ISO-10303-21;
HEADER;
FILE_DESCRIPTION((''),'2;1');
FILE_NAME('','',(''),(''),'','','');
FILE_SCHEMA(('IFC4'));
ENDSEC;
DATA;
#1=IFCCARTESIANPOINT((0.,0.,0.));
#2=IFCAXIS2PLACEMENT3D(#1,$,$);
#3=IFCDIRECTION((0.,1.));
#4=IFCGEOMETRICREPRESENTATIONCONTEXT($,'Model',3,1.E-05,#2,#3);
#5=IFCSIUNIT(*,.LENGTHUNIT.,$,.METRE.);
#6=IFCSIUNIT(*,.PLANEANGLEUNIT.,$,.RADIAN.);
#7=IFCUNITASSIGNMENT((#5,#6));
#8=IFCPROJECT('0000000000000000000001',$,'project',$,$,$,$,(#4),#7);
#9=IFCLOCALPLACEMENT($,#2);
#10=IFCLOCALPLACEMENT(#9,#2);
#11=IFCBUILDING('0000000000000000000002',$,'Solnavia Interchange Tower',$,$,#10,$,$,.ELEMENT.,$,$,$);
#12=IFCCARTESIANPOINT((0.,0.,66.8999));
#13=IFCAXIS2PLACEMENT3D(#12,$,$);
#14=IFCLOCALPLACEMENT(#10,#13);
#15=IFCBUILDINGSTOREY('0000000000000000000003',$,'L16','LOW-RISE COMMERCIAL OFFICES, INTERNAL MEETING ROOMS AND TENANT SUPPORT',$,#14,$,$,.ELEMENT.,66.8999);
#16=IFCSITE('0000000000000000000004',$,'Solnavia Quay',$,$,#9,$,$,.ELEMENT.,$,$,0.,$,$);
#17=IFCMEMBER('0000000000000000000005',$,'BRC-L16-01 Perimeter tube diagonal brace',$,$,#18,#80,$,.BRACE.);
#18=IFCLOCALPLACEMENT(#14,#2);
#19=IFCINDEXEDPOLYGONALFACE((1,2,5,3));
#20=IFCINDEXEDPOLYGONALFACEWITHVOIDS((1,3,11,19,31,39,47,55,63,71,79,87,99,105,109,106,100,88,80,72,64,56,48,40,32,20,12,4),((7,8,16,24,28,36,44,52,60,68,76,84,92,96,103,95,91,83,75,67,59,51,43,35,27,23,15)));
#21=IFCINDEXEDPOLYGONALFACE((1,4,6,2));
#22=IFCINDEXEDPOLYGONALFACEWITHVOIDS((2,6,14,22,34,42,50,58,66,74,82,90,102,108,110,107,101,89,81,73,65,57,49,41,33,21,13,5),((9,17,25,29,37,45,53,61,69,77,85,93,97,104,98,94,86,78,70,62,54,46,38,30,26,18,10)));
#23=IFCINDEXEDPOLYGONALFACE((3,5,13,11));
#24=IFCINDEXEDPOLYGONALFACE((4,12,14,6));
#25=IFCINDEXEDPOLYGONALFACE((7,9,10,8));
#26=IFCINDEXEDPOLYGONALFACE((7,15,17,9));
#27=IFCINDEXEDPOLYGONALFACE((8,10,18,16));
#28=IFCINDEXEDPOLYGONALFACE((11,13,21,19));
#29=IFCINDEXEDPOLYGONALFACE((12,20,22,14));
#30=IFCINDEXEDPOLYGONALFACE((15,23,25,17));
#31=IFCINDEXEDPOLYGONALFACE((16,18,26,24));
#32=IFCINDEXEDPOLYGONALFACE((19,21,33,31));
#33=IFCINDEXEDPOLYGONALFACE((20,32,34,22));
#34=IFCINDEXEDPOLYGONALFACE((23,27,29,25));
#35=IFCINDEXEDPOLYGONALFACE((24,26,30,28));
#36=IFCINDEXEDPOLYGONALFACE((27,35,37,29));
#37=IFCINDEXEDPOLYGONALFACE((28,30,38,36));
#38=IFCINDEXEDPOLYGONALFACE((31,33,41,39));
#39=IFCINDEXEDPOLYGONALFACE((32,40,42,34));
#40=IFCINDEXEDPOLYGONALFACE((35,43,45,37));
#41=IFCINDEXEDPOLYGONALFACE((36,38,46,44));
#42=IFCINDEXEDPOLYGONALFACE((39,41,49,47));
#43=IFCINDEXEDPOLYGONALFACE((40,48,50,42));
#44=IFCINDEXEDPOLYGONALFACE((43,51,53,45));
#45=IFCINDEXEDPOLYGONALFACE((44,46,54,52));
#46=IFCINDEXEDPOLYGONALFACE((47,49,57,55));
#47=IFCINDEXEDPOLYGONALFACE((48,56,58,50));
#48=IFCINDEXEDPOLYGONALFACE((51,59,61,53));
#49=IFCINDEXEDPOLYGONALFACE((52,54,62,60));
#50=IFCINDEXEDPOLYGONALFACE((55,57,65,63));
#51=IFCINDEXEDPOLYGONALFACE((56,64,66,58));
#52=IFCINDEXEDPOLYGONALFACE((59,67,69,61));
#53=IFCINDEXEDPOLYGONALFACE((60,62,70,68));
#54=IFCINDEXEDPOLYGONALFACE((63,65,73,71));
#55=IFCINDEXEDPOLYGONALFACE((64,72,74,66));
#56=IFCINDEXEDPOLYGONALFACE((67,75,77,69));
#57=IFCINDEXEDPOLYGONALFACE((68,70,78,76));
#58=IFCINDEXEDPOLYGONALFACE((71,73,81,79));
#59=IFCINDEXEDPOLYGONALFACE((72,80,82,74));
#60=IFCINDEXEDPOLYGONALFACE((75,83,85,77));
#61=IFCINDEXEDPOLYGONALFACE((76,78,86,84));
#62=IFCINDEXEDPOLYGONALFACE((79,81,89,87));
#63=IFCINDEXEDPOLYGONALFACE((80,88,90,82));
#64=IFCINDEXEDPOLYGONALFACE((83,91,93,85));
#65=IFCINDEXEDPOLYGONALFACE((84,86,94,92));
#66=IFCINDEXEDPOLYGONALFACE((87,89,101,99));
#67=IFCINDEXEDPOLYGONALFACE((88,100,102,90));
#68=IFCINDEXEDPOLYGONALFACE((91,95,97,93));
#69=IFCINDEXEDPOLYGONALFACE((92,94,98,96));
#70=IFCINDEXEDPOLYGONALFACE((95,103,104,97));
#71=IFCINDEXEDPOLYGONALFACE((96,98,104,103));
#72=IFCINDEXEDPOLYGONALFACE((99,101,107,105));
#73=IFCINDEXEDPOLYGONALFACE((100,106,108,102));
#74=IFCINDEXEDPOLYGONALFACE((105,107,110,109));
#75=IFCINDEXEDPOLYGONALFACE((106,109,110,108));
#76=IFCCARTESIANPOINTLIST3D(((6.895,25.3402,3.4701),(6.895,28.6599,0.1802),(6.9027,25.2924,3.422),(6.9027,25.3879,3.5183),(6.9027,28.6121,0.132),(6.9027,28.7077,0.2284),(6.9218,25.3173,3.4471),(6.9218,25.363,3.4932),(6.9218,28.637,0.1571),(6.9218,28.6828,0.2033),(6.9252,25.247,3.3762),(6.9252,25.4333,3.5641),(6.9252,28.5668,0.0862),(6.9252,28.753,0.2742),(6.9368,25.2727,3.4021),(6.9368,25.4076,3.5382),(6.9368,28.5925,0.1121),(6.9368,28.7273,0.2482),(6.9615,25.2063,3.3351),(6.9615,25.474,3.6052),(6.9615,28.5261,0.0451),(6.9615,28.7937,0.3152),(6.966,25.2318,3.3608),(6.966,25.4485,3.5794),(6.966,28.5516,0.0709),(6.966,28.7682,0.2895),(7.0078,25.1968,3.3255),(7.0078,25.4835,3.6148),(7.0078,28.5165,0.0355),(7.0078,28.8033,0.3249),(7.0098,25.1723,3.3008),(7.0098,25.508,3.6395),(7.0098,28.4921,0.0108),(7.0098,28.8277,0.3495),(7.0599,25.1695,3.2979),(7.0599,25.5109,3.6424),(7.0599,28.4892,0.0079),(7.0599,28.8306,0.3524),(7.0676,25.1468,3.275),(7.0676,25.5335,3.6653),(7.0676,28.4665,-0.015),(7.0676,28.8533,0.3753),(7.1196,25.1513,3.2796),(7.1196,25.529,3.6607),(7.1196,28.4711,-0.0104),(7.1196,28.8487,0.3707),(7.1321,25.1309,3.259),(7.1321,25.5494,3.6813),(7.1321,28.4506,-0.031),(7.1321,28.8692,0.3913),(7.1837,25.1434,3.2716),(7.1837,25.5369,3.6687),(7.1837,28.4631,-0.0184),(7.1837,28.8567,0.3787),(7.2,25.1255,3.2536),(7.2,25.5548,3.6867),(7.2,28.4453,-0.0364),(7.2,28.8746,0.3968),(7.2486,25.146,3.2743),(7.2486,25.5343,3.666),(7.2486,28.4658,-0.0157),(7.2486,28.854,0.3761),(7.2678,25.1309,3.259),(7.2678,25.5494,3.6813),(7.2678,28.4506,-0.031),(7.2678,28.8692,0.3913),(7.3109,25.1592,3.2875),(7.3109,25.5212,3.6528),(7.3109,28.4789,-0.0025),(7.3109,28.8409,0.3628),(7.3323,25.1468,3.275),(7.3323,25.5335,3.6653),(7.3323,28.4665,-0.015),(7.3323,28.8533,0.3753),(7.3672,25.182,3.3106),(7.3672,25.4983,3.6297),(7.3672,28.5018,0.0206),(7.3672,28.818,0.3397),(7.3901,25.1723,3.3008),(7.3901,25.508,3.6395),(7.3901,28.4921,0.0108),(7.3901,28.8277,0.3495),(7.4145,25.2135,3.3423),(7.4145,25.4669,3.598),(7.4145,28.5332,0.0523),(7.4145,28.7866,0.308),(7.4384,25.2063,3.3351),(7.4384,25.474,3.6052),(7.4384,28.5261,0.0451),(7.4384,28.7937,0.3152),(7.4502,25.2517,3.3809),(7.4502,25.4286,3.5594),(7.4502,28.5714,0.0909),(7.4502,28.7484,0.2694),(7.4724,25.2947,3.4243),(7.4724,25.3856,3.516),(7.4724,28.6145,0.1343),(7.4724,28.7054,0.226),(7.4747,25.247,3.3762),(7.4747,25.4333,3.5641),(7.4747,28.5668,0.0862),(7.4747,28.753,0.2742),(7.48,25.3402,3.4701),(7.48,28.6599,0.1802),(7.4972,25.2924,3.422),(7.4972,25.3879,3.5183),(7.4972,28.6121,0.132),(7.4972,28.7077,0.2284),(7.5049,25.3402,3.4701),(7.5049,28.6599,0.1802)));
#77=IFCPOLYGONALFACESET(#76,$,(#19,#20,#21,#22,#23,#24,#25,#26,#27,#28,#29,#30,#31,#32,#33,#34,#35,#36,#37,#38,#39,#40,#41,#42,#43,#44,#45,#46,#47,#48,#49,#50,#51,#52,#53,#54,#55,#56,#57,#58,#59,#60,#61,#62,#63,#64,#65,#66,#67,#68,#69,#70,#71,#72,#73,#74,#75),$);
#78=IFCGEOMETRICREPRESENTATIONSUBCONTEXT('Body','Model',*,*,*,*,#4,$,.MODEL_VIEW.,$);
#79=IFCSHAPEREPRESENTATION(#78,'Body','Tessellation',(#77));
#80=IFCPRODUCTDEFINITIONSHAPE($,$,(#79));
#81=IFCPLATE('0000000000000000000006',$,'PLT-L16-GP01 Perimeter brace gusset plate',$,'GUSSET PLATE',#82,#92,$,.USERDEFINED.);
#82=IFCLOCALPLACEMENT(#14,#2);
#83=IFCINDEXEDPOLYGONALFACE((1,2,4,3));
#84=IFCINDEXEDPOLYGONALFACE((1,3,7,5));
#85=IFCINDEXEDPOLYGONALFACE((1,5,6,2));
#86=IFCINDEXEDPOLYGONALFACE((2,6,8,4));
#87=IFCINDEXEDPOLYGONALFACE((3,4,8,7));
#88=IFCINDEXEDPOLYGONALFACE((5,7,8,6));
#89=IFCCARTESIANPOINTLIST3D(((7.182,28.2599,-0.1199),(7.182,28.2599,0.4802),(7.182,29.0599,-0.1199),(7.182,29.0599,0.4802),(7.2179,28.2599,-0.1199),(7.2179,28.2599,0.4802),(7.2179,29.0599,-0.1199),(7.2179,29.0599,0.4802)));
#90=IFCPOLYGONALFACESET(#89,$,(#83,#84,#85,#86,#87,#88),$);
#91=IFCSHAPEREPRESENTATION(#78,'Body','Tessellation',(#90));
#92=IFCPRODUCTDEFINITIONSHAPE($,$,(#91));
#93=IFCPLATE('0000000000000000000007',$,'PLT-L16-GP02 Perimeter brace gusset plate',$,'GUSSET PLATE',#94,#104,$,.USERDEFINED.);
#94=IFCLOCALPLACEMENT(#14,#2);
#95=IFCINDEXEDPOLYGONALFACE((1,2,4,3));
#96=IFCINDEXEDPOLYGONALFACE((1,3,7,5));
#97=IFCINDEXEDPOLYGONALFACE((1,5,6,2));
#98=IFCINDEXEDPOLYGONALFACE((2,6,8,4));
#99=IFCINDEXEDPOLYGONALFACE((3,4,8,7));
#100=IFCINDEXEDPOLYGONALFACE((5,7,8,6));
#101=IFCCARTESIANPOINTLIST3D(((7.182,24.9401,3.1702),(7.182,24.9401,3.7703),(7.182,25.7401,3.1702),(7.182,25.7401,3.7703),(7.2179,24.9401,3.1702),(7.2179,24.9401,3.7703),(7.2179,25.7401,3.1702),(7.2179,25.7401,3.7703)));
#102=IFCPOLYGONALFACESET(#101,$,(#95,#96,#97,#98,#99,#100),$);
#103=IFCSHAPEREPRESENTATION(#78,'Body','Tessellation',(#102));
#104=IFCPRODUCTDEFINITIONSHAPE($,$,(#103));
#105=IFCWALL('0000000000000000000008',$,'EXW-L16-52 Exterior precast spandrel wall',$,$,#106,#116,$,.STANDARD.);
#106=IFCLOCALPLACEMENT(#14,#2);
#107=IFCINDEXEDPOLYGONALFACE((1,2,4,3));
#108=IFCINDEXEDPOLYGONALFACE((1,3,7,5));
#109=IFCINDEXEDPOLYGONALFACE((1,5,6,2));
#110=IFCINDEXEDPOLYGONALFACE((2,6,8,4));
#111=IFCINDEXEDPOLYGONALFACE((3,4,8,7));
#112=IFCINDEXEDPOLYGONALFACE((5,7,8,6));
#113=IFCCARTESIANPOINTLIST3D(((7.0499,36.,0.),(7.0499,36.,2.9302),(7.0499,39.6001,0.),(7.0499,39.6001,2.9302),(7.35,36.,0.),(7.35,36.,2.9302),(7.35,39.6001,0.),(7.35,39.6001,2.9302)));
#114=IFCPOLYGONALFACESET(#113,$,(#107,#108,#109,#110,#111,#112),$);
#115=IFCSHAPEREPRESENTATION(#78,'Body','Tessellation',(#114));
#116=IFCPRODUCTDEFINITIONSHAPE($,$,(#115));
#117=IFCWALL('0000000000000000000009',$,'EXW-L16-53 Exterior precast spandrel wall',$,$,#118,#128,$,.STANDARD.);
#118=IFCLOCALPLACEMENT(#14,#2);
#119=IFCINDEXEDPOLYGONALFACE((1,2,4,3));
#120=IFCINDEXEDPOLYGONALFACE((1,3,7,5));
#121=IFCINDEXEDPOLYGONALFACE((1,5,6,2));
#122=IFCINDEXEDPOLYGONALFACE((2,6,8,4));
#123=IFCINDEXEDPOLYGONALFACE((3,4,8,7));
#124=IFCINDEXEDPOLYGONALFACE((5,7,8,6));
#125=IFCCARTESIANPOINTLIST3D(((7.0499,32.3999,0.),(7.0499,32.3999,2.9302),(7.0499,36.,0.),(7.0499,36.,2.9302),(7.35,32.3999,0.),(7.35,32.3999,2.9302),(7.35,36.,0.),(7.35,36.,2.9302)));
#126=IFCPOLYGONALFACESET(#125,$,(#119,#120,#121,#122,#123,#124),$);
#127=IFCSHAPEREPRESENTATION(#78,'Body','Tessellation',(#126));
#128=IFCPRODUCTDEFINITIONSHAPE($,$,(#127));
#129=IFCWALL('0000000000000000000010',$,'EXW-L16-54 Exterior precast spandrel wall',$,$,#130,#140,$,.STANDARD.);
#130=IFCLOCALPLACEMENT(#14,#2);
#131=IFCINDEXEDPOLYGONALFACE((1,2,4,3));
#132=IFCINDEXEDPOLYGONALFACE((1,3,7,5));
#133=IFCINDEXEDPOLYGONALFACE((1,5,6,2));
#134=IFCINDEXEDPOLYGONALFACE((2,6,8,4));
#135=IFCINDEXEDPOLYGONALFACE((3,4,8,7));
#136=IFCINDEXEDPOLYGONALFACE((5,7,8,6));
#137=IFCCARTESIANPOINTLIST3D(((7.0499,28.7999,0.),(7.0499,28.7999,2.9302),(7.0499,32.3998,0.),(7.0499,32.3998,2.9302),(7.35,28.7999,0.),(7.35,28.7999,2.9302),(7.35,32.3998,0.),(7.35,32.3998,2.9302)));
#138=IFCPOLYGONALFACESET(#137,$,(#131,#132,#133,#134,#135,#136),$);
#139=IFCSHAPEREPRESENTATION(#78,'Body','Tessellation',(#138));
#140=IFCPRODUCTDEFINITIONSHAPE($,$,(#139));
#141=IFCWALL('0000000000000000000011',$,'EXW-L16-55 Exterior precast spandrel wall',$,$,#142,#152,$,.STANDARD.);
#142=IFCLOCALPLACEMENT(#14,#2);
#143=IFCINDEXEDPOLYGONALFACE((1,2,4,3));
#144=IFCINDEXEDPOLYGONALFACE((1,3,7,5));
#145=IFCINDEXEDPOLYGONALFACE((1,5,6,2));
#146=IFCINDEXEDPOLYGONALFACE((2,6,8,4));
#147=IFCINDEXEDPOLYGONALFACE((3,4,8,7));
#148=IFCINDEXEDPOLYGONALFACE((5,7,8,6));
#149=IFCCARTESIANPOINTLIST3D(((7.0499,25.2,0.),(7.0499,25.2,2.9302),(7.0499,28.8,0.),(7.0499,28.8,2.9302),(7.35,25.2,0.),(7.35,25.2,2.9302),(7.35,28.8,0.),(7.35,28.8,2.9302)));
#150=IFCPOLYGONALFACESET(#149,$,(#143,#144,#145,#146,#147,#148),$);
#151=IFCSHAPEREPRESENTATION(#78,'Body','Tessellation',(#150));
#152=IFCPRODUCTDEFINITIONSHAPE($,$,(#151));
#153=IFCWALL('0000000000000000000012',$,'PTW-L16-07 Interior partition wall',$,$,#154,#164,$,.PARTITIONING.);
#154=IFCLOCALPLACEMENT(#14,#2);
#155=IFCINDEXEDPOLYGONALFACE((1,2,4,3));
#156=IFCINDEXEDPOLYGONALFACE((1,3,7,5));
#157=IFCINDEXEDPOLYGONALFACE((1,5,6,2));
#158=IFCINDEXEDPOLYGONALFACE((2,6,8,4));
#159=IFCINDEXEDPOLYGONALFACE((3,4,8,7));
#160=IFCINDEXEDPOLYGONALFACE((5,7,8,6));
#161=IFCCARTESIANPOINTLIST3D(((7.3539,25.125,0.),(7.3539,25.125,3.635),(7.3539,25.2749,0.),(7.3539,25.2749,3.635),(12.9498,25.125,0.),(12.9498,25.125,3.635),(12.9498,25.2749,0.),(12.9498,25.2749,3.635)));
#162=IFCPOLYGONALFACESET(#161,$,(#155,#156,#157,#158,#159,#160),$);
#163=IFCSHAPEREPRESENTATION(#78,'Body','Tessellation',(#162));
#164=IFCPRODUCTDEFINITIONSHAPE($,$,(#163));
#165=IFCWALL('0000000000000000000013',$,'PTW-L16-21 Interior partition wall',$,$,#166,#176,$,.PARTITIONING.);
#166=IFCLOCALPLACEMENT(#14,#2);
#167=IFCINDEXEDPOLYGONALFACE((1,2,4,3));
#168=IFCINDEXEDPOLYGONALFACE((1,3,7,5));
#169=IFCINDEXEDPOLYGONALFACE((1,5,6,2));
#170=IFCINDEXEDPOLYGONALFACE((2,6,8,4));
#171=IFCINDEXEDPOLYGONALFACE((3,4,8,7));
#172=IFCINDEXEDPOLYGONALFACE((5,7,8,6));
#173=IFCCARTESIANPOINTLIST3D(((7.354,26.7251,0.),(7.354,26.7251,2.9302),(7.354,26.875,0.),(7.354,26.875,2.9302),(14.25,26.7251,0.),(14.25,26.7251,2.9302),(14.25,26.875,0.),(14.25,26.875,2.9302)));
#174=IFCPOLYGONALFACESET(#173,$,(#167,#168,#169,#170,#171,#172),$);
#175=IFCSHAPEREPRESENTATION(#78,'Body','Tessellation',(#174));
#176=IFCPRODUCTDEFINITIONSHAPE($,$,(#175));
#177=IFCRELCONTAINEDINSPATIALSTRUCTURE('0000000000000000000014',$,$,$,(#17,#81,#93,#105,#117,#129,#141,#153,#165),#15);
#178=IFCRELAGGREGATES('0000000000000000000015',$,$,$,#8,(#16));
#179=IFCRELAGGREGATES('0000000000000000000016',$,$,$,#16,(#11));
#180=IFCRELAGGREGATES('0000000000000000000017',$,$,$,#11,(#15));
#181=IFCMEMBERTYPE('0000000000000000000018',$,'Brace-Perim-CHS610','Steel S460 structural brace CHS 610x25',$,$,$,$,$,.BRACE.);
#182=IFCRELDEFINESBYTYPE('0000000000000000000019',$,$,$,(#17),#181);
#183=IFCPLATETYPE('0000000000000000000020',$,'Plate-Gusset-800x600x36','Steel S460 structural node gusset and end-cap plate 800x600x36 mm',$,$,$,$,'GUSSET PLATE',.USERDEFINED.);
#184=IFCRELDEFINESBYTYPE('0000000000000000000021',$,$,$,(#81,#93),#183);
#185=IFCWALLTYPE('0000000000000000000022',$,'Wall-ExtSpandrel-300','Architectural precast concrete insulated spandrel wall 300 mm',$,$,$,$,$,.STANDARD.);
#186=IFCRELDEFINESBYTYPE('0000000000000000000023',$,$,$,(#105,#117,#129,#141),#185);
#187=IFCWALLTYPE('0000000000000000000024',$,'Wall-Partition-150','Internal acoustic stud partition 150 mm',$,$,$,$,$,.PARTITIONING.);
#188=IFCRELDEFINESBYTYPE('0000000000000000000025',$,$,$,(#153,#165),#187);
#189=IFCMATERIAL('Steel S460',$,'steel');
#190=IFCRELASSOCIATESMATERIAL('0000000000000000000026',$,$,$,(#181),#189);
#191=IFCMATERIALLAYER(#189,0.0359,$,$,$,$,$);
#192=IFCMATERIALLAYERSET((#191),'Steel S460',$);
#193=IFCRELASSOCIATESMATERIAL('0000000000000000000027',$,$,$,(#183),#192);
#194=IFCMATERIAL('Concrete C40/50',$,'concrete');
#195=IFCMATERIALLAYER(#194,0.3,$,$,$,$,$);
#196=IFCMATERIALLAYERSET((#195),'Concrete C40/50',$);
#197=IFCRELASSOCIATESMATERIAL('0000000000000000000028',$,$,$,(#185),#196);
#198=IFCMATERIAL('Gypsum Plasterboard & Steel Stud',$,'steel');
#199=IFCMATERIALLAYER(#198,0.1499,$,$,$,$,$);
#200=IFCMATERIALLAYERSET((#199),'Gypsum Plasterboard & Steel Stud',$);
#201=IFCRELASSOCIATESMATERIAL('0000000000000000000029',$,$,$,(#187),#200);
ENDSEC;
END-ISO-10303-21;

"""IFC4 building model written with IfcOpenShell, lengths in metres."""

from ifc_helpers import new_model, si_unit, direction, frame, frame_2d, origin, origin_2d, place, context, subcontext, project, spatial, rectangle, hollow_circle, extrude, material, layer, layer_set, material_profile, profile_set, type_object, element, save


model = new_model("IFC4")

# Units and contexts
model_context = context("Model", 3, precision=1e-05, world=origin(), true_north=direction((0.0, 1.0)))
body_context = subcontext(model_context, "Body", "Model", "MODEL_VIEW")
ifc_project = project(units=[si_unit("LENGTHUNIT", "METRE"), si_unit("PLANEANGLEUNIT", "RADIAN")], contexts=[model_context])

# Site, building, storey
site_placement = place(None, origin())
site = spatial("IfcSite", under=ifc_project, at=site_placement, Name="Solnavia Quay", CompositionType="ELEMENT", RefElevation=0.0)
building_placement = place(site_placement, origin())
building = spatial("IfcBuilding", under=site, at=building_placement, Name="Solnavia Interchange Tower", CompositionType="ELEMENT")
storey_placement = place(building_placement, frame((0.0, 0.0, 66.8999)))
storey = spatial("IfcBuildingStorey", under=building, at=storey_placement, Name="L16", Description="LOW-RISE COMMERCIAL OFFICES, INTERNAL MEETING ROOMS AND TENANT SUPPORT", CompositionType="ELEMENT", Elevation=66.8999)

# Shared definitions
ifc_material_1 = material(Name="Steel S460", Category="steel")

# Member
ifc_material_profile_1 = material_profile(ifc_material_1, hollow_circle(Radius=0.3049, WallThickness=0.0249, at=origin_2d()), Name="CHS 610x25")
ifc_profile_set_1 = profile_set([ifc_material_profile_1], Name="Steel S460")
member_type = type_object("IfcMemberType", Name="Brace-Perim-CHS610", Description="Steel S460 structural brace CHS 610x25", PredefinedType="BRACE", material=ifc_profile_set_1)
member_placement = place(storey_placement, frame((7.2, 28.6599, 0.1802), z_axis=(0.0, -0.710286, 0.703913), x_axis=(1.0, 0.0, 0.0)))
element("IfcMember", 1, at=member_placement, inside=storey, type_object=member_type, Name="BRC-L16-01 Perimeter tube diagonal brace", PredefinedType="BRACE", context=body_context, shape_type="SweptSolid", body=[
    extrude(hollow_circle(Radius=0.3049, WallThickness=0.0249, at=origin_2d()), origin(), (0.0, 0.0, 1.0), 4.6738),
])

# Plates
ifc_layer_1 = layer(ifc_material_1, 0.0359)
ifc_layer_set_1 = layer_set([ifc_layer_1], Name="Steel S460")
plate_type = type_object("IfcPlateType", Name="Plate-Gusset-800x600x36", Description="Steel S460 structural node gusset and end-cap plate 800x600x36 mm", ElementType="GUSSET PLATE", PredefinedType="USERDEFINED", material=ifc_layer_set_1)
for number, where, z_axis, x_axis, name in (
    (2, (7.2, 28.6599, -0.1199), (0.0, 0.0, 1.0), (0.0, -1.0, 0.0), "PLT-L16-GP01 Perimeter brace gusset plate"),
    (3, (7.2, 25.3401, 3.1702), (0.0, 0.0, 1.0), (0.0, -1.0, 0.0), "PLT-L16-GP02 Perimeter brace gusset plate"),
):
    element("IfcPlate", number, at=place(storey_placement, frame(where, z_axis=z_axis, x_axis=x_axis)), inside=storey, type_object=plate_type, Name=name, ObjectType="GUSSET PLATE", PredefinedType="USERDEFINED", context=body_context, shape_type="SweptSolid", body=[
        extrude(rectangle(XDim=0.8, YDim=0.0359, at=origin_2d()), origin(), (0.0, 0.0, 1.0), 0.6001),
    ])

# Walls
ifc_material_2 = material(Name="Concrete C40/50", Category="concrete")
ifc_layer_2 = layer(ifc_material_2, 0.3)
ifc_layer_set_2 = layer_set([ifc_layer_2], Name="Concrete C40/50")
wall_type_1 = type_object("IfcWallType", Name="Wall-ExtSpandrel-300", Description="Architectural precast concrete insulated spandrel wall 300 mm", PredefinedType="STANDARD", material=ifc_layer_set_2)
for number, where, z_axis, x_axis, name in (
    (4, (7.2, 36.0, 0.0), (0.0, 0.0, 1.0), (0.0, 1.0, 0.0), "EXW-L16-52 Exterior precast spandrel wall"),
    (5, (7.2, 32.3999, 0.0), (0.0, 0.0, 1.0), (0.0, 1.0, 0.0), "EXW-L16-53 Exterior precast spandrel wall"),
):
    element("IfcWall", number, at=place(storey_placement, frame(where, z_axis=z_axis, x_axis=x_axis)), inside=storey, type_object=wall_type_1, Name=name, PredefinedType="STANDARD", context=body_context, shape_type="SweptSolid", body=[
        extrude(rectangle(XDim=3.6001, YDim=0.3, at=frame_2d((1.8, 0.0))), origin(), (0.0, 0.0, 1.0), 2.9302),
    ])
wall_1_placement = place(storey_placement, frame((7.2, 28.8, 0.0), z_axis=(0.0, 0.0, 1.0), x_axis=(0.0, 1.0, 0.0)))
element("IfcWall", 6, at=wall_1_placement, inside=storey, type_object=wall_type_1, Name="EXW-L16-54 Exterior precast spandrel wall", PredefinedType="STANDARD", context=body_context, shape_type="SweptSolid", body=[
    extrude(rectangle(XDim=3.5999, YDim=0.3, at=frame_2d((1.7998, 0.0))), origin(), (0.0, 0.0, 1.0), 2.9302),
])
wall_2_placement = place(storey_placement, frame((7.2, 25.2, 0.0), z_axis=(0.0, 0.0, 1.0), x_axis=(0.0, 1.0, 0.0)))
element("IfcWall", 7, at=wall_2_placement, inside=storey, type_object=wall_type_1, Name="EXW-L16-55 Exterior precast spandrel wall", PredefinedType="STANDARD", context=body_context, shape_type="SweptSolid", body=[
    extrude(rectangle(XDim=3.6001, YDim=0.3, at=frame_2d((1.8, 0.0))), origin(), (0.0, 0.0, 1.0), 2.9302),
])
ifc_material_3 = material(Name="Gypsum Plasterboard & Steel Stud", Category="steel")
ifc_layer_3 = layer(ifc_material_3, 0.1499)
ifc_layer_set_3 = layer_set([ifc_layer_3], Name="Gypsum Plasterboard & Steel Stud")
wall_type_2 = type_object("IfcWallType", Name="Wall-Partition-150", Description="Internal acoustic stud partition 150 mm", PredefinedType="PARTITIONING", material=ifc_layer_set_3)
wall_3_placement = place(storey_placement, frame((7.354, 25.2, 0.0), z_axis=(0.0, 0.0, 1.0), x_axis=(1.0, 0.0, 0.0)))
element("IfcWall", 8, at=wall_3_placement, inside=storey, type_object=wall_type_2, Name="PTW-L16-07 Interior partition wall", PredefinedType="PARTITIONING", context=body_context, shape_type="SweptSolid", body=[
    extrude(rectangle(XDim=5.5959, YDim=0.1499, at=frame_2d((2.7979, 0.0))), origin(), (0.0, 0.0, 1.0), 3.635),
])
wall_4_placement = place(storey_placement, frame((7.354, 26.8, 0.0), z_axis=(0.0, 0.0, 1.0), x_axis=(1.0, 0.0, 0.0)))
element("IfcWall", 9, at=wall_4_placement, inside=storey, type_object=wall_type_2, Name="PTW-L16-21 Interior partition wall", PredefinedType="PARTITIONING", context=body_context, shape_type="SweptSolid", body=[
    extrude(rectangle(XDim=6.896, YDim=0.1499, at=frame_2d((3.448, 0.0))), origin(), (0.0, 0.0, 1.0), 2.9302),
])

save(model, "model.ifc")
